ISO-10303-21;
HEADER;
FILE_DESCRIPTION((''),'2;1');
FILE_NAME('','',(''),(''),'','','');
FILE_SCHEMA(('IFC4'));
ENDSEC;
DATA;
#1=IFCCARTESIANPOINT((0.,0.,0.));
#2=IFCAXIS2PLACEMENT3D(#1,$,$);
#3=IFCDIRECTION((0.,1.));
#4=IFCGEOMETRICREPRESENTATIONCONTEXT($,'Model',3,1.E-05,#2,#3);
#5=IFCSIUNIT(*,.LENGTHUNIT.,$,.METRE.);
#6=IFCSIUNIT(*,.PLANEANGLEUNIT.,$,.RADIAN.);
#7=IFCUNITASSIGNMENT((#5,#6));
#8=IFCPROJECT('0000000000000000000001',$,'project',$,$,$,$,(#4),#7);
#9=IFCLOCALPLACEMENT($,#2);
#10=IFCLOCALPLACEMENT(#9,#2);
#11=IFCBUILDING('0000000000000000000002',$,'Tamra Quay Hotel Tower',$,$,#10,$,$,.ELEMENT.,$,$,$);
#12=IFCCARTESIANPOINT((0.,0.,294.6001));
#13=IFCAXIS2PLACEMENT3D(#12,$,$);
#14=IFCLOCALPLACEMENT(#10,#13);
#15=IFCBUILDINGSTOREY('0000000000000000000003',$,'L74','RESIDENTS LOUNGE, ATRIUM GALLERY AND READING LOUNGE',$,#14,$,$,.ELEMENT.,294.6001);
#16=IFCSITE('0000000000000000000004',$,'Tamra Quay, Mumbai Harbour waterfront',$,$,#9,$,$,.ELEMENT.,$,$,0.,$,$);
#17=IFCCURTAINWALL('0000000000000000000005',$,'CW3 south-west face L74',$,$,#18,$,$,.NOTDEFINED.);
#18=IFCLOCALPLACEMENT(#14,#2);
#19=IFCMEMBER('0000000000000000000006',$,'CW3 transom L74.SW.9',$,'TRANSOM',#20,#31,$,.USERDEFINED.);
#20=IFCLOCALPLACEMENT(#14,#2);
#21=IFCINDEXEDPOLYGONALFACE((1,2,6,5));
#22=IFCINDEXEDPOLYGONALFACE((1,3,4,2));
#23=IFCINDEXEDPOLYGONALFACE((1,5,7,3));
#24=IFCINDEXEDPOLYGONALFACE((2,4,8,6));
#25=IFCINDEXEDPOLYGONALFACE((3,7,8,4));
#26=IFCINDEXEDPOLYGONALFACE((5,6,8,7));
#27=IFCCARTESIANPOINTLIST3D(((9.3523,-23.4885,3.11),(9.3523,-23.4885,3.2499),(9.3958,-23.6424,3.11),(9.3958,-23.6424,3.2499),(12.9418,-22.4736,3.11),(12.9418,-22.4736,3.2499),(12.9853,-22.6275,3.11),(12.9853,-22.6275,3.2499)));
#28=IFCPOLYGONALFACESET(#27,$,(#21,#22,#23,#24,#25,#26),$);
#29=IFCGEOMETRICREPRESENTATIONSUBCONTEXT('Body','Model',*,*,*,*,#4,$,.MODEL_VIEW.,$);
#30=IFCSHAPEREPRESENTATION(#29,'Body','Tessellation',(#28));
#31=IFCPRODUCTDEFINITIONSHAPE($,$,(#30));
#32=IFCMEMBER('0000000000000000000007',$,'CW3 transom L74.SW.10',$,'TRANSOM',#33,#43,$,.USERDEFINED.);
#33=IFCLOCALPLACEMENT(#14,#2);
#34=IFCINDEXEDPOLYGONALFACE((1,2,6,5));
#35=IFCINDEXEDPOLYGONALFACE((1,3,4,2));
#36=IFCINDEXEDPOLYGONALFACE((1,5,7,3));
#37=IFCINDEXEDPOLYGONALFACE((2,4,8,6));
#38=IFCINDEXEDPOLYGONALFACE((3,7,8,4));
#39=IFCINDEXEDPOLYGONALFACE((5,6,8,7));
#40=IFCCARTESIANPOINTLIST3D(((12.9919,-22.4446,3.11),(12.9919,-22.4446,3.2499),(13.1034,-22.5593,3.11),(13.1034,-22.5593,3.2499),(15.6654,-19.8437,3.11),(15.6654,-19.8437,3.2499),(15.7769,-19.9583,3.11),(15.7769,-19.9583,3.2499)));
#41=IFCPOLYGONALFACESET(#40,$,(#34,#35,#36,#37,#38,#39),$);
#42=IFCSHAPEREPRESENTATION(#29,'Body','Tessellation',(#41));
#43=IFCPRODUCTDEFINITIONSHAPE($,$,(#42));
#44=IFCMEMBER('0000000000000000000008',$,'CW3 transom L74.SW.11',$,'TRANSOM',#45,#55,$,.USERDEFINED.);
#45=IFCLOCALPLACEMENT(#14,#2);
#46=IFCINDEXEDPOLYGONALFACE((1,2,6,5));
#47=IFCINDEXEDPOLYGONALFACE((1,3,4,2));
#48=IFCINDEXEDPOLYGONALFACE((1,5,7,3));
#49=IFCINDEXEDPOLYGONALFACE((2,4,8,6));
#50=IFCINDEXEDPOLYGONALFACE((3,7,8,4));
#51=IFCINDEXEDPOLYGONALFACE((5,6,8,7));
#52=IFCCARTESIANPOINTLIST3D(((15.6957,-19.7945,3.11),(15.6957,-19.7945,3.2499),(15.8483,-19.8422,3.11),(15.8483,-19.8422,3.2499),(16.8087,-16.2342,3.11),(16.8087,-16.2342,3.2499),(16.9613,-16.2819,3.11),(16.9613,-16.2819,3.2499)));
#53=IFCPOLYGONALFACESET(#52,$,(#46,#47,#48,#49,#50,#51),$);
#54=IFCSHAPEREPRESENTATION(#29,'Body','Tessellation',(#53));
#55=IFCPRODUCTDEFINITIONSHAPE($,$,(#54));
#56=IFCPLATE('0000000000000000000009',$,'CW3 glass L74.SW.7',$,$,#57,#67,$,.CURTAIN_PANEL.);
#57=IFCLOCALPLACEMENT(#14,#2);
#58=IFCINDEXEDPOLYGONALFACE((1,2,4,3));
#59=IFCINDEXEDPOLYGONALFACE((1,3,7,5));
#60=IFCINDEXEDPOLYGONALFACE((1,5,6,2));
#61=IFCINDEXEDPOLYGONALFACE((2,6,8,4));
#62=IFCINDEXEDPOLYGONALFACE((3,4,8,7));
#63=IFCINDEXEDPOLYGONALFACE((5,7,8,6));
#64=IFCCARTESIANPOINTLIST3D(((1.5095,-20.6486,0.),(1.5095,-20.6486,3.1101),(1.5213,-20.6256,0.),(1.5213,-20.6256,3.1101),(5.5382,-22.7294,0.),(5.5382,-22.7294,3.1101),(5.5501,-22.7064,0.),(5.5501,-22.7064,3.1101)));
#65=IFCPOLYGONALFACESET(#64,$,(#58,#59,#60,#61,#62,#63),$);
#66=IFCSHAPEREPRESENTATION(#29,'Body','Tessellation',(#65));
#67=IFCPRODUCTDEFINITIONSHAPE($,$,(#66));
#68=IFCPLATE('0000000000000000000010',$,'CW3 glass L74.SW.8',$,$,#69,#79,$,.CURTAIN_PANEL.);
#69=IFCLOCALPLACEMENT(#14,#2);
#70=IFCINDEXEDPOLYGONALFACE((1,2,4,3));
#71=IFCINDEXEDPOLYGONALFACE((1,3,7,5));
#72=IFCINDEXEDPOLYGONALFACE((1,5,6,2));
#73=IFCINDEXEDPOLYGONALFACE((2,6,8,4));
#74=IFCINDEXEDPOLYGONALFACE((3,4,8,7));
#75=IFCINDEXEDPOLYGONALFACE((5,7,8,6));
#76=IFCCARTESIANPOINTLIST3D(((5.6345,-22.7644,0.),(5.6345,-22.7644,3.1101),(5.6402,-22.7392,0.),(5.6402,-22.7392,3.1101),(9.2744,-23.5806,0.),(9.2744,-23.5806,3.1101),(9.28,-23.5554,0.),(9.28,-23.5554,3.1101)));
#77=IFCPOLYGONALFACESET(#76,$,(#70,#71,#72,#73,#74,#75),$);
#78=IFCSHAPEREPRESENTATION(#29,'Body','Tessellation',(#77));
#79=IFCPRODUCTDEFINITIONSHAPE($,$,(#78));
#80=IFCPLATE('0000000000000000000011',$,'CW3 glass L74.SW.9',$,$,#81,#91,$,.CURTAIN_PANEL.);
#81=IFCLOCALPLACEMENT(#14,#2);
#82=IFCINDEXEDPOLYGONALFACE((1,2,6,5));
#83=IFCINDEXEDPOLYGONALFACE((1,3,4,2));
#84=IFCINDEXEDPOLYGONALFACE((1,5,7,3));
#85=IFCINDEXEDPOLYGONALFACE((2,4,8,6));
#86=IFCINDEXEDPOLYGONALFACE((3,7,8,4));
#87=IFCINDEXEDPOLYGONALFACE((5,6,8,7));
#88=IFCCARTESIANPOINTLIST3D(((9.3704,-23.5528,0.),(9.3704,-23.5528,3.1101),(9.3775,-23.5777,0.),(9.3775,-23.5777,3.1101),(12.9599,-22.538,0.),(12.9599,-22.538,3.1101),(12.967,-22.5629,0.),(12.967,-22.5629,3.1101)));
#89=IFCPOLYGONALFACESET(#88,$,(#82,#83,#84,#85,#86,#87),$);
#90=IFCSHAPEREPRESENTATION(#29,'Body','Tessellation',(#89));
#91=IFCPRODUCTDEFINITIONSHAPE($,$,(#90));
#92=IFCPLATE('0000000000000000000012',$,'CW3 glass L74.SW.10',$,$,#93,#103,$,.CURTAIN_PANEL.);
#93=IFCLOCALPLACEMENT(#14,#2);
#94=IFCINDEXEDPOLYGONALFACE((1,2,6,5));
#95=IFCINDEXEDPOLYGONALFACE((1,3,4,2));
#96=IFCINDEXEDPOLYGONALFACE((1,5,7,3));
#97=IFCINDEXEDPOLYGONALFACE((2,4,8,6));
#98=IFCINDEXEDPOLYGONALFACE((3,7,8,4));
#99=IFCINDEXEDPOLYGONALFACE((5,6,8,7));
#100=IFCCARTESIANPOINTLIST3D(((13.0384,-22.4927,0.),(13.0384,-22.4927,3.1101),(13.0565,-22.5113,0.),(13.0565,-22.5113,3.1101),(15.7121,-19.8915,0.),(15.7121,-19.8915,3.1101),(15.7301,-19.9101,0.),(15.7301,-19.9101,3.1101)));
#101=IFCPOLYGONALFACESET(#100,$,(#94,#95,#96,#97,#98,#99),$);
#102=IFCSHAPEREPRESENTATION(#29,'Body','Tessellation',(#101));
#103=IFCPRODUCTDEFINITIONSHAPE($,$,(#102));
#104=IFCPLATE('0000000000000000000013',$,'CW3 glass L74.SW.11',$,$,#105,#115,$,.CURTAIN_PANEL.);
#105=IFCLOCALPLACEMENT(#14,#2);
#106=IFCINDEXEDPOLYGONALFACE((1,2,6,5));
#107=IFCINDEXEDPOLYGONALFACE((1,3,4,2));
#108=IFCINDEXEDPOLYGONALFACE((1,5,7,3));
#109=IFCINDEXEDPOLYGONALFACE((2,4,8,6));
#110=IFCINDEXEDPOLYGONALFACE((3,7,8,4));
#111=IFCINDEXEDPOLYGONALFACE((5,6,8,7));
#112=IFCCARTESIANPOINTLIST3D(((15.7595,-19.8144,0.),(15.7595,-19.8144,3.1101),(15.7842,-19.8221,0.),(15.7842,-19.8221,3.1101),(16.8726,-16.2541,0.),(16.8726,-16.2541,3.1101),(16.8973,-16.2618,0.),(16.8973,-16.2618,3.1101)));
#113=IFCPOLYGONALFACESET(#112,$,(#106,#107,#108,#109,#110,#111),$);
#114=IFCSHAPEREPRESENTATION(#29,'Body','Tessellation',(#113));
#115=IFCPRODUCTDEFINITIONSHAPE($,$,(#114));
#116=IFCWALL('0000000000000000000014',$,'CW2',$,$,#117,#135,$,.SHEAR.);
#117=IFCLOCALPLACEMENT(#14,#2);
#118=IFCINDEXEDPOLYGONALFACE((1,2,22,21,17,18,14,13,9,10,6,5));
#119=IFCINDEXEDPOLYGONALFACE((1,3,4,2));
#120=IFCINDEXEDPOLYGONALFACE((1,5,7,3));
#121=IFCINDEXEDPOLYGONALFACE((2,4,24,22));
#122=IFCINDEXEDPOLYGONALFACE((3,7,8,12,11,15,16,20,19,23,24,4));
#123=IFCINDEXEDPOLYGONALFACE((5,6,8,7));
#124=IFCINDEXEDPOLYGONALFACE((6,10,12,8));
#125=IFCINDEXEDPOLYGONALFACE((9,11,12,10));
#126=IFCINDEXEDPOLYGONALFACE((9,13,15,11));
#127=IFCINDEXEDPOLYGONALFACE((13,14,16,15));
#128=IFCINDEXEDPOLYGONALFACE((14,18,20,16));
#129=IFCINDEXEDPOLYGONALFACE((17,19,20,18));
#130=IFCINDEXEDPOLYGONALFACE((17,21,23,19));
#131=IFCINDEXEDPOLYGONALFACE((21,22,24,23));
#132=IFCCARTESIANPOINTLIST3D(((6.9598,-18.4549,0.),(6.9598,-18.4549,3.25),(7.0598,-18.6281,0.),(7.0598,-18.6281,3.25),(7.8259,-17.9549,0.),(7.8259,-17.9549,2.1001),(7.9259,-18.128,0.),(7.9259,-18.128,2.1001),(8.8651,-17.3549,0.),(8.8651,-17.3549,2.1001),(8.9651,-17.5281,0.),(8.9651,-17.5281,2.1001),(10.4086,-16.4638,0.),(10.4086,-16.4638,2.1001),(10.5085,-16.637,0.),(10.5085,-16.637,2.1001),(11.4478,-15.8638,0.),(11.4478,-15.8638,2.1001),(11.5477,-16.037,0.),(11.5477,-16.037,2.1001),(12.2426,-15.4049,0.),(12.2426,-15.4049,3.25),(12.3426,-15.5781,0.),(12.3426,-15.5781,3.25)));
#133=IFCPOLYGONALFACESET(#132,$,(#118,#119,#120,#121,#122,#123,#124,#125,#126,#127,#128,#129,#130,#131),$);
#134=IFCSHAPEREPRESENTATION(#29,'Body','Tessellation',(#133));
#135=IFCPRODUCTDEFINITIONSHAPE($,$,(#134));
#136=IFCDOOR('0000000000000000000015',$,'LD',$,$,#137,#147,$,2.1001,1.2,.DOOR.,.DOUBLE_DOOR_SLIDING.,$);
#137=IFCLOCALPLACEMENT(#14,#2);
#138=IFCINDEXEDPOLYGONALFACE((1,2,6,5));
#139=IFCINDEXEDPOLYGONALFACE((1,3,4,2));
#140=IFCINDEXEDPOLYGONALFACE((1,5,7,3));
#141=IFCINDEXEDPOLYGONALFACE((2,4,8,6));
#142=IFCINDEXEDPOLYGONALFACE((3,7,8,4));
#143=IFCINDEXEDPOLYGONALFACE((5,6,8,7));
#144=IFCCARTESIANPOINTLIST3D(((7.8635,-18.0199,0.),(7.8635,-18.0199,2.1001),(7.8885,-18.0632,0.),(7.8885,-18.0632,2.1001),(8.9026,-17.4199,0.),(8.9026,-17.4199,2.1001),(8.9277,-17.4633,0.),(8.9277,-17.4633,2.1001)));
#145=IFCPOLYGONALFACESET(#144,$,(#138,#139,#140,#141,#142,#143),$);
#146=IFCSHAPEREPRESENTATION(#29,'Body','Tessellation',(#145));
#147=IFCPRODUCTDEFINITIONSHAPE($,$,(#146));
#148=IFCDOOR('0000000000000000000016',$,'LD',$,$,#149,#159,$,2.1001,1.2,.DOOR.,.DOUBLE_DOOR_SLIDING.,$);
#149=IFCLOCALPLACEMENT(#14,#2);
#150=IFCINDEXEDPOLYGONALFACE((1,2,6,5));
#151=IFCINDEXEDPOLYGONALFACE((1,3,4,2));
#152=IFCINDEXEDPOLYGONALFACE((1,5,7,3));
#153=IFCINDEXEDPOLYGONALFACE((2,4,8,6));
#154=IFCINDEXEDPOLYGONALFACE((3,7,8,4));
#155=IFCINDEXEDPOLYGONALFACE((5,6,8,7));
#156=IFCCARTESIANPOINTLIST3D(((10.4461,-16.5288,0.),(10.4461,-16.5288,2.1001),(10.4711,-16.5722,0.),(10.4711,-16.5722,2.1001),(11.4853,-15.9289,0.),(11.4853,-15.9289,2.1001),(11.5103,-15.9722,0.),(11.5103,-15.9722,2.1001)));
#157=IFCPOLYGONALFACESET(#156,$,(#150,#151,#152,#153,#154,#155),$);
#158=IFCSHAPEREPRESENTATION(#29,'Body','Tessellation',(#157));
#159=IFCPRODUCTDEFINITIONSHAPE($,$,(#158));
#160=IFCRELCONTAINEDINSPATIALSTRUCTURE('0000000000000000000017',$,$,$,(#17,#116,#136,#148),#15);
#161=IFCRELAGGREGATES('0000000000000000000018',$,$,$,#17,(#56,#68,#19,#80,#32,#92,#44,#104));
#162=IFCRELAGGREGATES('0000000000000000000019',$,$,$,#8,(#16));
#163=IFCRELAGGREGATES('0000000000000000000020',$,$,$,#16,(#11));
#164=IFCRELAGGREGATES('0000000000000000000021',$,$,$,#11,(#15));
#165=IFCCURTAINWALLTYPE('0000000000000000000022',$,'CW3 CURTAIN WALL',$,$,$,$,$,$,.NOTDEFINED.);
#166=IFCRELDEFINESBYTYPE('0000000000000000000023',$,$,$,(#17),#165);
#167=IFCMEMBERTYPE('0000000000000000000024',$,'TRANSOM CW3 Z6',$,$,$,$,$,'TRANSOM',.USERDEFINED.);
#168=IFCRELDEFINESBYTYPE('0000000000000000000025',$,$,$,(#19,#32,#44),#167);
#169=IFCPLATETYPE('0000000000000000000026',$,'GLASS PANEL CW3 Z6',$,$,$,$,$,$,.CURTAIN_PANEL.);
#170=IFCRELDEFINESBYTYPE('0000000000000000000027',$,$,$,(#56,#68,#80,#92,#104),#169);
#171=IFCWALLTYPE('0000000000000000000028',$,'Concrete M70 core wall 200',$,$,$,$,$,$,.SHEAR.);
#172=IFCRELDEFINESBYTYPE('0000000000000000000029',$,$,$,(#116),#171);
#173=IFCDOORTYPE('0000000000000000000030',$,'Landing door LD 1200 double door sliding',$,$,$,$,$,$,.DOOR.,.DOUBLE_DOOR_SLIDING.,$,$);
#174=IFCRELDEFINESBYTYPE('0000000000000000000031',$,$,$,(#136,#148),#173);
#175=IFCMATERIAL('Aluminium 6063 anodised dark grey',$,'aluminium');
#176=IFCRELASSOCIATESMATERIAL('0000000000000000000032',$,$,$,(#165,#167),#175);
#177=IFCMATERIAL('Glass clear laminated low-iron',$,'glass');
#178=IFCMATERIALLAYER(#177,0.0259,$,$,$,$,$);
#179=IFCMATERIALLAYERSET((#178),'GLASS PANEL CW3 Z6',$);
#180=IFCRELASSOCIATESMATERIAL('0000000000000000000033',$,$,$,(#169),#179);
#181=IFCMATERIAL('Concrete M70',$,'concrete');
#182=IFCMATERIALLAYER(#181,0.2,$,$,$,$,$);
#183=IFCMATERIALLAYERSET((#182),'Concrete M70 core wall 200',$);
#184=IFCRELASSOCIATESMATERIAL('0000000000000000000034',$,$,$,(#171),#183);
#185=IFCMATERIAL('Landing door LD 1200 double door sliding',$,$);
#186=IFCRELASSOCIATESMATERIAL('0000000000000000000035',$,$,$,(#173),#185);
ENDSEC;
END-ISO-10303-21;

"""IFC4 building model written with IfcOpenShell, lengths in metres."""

from ifc_helpers import new_model, si_unit, direction, frame, frame_2d, origin, origin_2d, place, context, subcontext, project, spatial, rectangle, extrude, material, layer, layer_set, material_profile, profile_set, type_object, element, fill, aggregate, save


model = new_model("IFC4")

# Units and contexts
model_context = context("Model", 3, precision=1e-05, world=origin(), true_north=direction((0.0, 1.0)))
body_context = subcontext(model_context, "Body", "Model", "MODEL_VIEW")
ifc_project = project(units=[si_unit("LENGTHUNIT", "METRE"), si_unit("PLANEANGLEUNIT", "RADIAN")], contexts=[model_context])

# Site, building, storey
site_placement = place(None, origin())
site = spatial("IfcSite", under=ifc_project, at=site_placement, Name="Tamra Quay, Mumbai Harbour waterfront", CompositionType="ELEMENT", RefElevation=0.0)
building_placement = place(site_placement, origin())
building = spatial("IfcBuilding", under=site, at=building_placement, Name="Tamra Quay Hotel Tower", CompositionType="ELEMENT")
storey_placement = place(building_placement, frame((0.0, 0.0, 294.6001)))
storey = spatial("IfcBuildingStorey", under=building, at=storey_placement, Name="L74", Description="RESIDENTS LOUNGE, ATRIUM GALLERY AND READING LOUNGE", CompositionType="ELEMENT", Elevation=294.6001)

# Shared definitions
ifc_material_1 = material(Name="Concrete M70", Category="concrete")

# Shared definitions
ifc_material_2 = material(Name="Aluminium 6063 anodised dark grey", Category="aluminium")

# Curtain wall
curtain_wall_type_1 = type_object("IfcCurtainWallType", Name="CW3 CURTAIN WALL", PredefinedType="NOTDEFINED", material=ifc_material_2)
curtain_wall_1_placement = place(storey_placement, origin())
curtain_wall_1 = element("IfcCurtainWall", 1, at=curtain_wall_1_placement, inside=storey, type_object=curtain_wall_type_1, Name="CW3 south-west face L74", PredefinedType="NOTDEFINED")

# Members
ifc_material_profile_1 = material_profile(ifc_material_2, rectangle(XDim=0.1599, YDim=0.1399, at=origin_2d()), Name="TRANSOM 160X140")
ifc_profile_set_1 = profile_set([ifc_material_profile_1], Name="Aluminium 6063 anodised dark grey")
member_type_1 = type_object("IfcMemberType", Name="TRANSOM CW3 Z6", ElementType="TRANSOM", PredefinedType="USERDEFINED", material=ifc_profile_set_1)
member_1_placement = place(storey_placement, frame((9.374, -23.5654, 3.1799), z_axis=(0.962278, 0.272066, 0.0), x_axis=(-0.272066, 0.962278, 0.0)))
member_1 = element("IfcMember", 2, at=member_1_placement, type_object=member_type_1, Name="CW3 transom L74.SW.9", ObjectType="TRANSOM", PredefinedType="USERDEFINED", context=body_context, shape_type="SweptSolid", body=[
    extrude(rectangle(XDim=0.1599, YDim=0.1399, at=origin_2d()), origin(), (0.0, 0.0, 1.0), 3.7302),
])
member_2_placement = place(storey_placement, frame((13.0476, -22.502, 3.1799), z_axis=(0.71676, 0.69732, 0.0), x_axis=(-0.69732, 0.71676, 0.0)))
member_2 = element("IfcMember", 3, at=member_2_placement, type_object=member_type_1, Name="CW3 transom L74.SW.10", ObjectType="TRANSOM", PredefinedType="USERDEFINED", context=body_context, shape_type="SweptSolid", body=[
    extrude(rectangle(XDim=0.1599, YDim=0.1399, at=origin_2d()), origin(), (0.0, 0.0, 1.0), 3.73),
])
member_3_placement = place(storey_placement, frame((15.772, -19.8184, 3.1799), z_axis=(0.298383, 0.954446, 0.0), x_axis=(-0.954446, 0.298383, 0.0)))
member_3 = element("IfcMember", 4, at=member_3_placement, type_object=member_type_1, Name="CW3 transom L74.SW.11", ObjectType="TRANSOM", PredefinedType="USERDEFINED", context=body_context, shape_type="SweptSolid", body=[
    extrude(rectangle(XDim=0.1599, YDim=0.1399, at=origin_2d()), origin(), (0.0, 0.0, 1.0), 3.7302),
])

# Plates
ifc_material_3 = material(Name="Glass clear laminated low-iron", Category="glass")
ifc_layer_1 = layer(ifc_material_3, 0.0259)
ifc_layer_set_1 = layer_set([ifc_layer_1], Name="GLASS PANEL CW3 Z6")
plate_type = type_object("IfcPlateType", Name="GLASS PANEL CW3 Z6", PredefinedType="CURTAIN_PANEL", material=ifc_layer_set_1)
plate_1_placement = place(storey_placement, frame((3.5298, -21.6775, 0.0), z_axis=(0.0, 0.0, 1.0), x_axis=(0.888486, -0.458903, 0.0)))
plate_1 = element("IfcPlate", 5, at=plate_1_placement, type_object=plate_type, Name="CW3 glass L74.SW.7", PredefinedType="CURTAIN_PANEL", context=body_context, shape_type="SweptSolid", body=[
    extrude(rectangle(XDim=4.5344, YDim=0.0259, at=origin_2d()), origin(), (0.0, 0.0, 1.0), 3.1101),
])
plate_2_placement = place(storey_placement, frame((7.4573, -23.1599, 0.0), z_axis=(0.0, 0.0, 1.0), x_axis=(0.975768, -0.218806, 0.0)))
plate_2 = element("IfcPlate", 6, at=plate_2_placement, type_object=plate_type, Name="CW3 glass L74.SW.8", PredefinedType="CURTAIN_PANEL", context=body_context, shape_type="SweptSolid", body=[
    extrude(rectangle(XDim=3.7302, YDim=0.0259, at=origin_2d()), origin(), (0.0, 0.0, 1.0), 3.1101),
])
plate_3_placement = place(storey_placement, frame((11.1687, -23.0579, 0.0), z_axis=(0.0, 0.0, 1.0), x_axis=(0.96228, 0.272062, 0.0)))
plate_3 = element("IfcPlate", 7, at=plate_3_placement, type_object=plate_type, Name="CW3 glass L74.SW.9", PredefinedType="CURTAIN_PANEL", context=body_context, shape_type="SweptSolid", body=[
    extrude(rectangle(XDim=3.7302, YDim=0.0259, at=origin_2d()), origin(), (0.0, 0.0, 1.0), 3.1101),
])
plate_4_placement = place(storey_placement, frame((14.3843, -21.2014, 0.0), z_axis=(0.0, 0.0, 1.0), x_axis=(0.716753, 0.697327, 0.0)))
plate_4 = element("IfcPlate", 8, at=plate_4_placement, type_object=plate_type, Name="CW3 glass L74.SW.10", PredefinedType="CURTAIN_PANEL", context=body_context, shape_type="SweptSolid", body=[
    extrude(rectangle(XDim=3.7302, YDim=0.0259, at=origin_2d()), origin(), (0.0, 0.0, 1.0), 3.1101),
])
plate_5_placement = place(storey_placement, frame((16.3284, -18.0381, 0.0), z_axis=(0.0, 0.0, 1.0), x_axis=(0.298392, 0.954443, 0.0)))
plate_5 = element("IfcPlate", 9, at=plate_5_placement, type_object=plate_type, Name="CW3 glass L74.SW.11", PredefinedType="CURTAIN_PANEL", context=body_context, shape_type="SweptSolid", body=[
    extrude(rectangle(XDim=3.7302, YDim=0.0259, at=origin_2d()), origin(), (0.0, 0.0, 1.0), 3.1101),
])
aggregate(curtain_wall_1, [plate_1, plate_2, member_1, plate_3, member_2, plate_4, member_3, plate_5])

# Wall, openings, doors
ifc_layer_2 = layer(ifc_material_1, 0.2)
ifc_layer_set_2 = layer_set([ifc_layer_2], Name="Concrete M70 core wall 200")
wall_type_1 = type_object("IfcWallType", Name="Concrete M70 core wall 200", PredefinedType="SHEAR", material=ifc_layer_set_2)
wall_1_placement = place(storey_placement, frame((7.0098, -18.5415, 0.0), z_axis=(0.0, 0.0, 1.0), x_axis=(0.86603, 0.499992, 0.0)))
wall_1 = element("IfcWall", 10, at=wall_1_placement, inside=storey, type_object=wall_type_1, Name="CW2", PredefinedType="SHEAR", context=body_context, shape_type="SweptSolid", body=[
    extrude(rectangle(XDim=6.1001, YDim=0.2, at=frame_2d((3.05, 0.0))), origin(), (0.0, 0.0, 1.0), 3.25),
])
opening_1_placement = place(wall_1_placement, frame((1.0, 0.0, 0.0)))
opening_1 = element("IfcOpeningElement", 11, at=opening_1_placement, cuts=wall_1, PredefinedType="OPENING", context=body_context, shape_type="SweptSolid", body=[
    extrude(rectangle(XDim=1.2, YDim=2.1001, at=frame_2d((0.6001, 1.05))), frame((0.0, 0.1099, 0.0), z_axis=(0.0, -1.0, 0.0), x_axis=(1.0, 0.0, 0.0)), (0.0, 0.0, 1.0), 0.22),
])
opening_2_placement = place(wall_1_placement, frame((3.9822, 0.0, 0.0)))
opening_2 = element("IfcOpeningElement", 12, at=opening_2_placement, cuts=wall_1, PredefinedType="OPENING", context=body_context, shape_type="SweptSolid", body=[
    extrude(rectangle(XDim=1.2, YDim=2.1001, at=frame_2d((0.6001, 1.05))), frame((0.0, 0.1099, 0.0), z_axis=(0.0, -1.0, 0.0), x_axis=(1.0, 0.0, 0.0)), (0.0, 0.0, 1.0), 0.22),
])
ifc_material_4 = material(Name="Landing door LD 1200 double door sliding")
door_type_1 = type_object("IfcDoorType", Name="Landing door LD 1200 double door sliding", OperationType="DOUBLE_DOOR_SLIDING", PredefinedType="DOOR", material=ifc_material_4)
door_1_placement = place(opening_1_placement, origin())
door_1 = element("IfcDoor", 13, at=door_1_placement, inside=storey, type_object=door_type_1, Name="LD", OperationType="DOUBLE_DOOR_SLIDING", OverallHeight=2.1001, OverallWidth=1.2, PredefinedType="DOOR", context=body_context, shape_type="SweptSolid", body=[
    extrude(rectangle(XDim=1.2, YDim=2.1001, at=frame_2d((0.6001, 1.05))), frame((0.0, 0.0249, 0.0), z_axis=(0.0, -1.0, 0.0), x_axis=(1.0, 0.0, 0.0)), (0.0, 0.0, 1.0), 0.05),
])
fill(opening_1, door_1)
door_2_placement = place(opening_2_placement, origin())
door_2 = element("IfcDoor", 14, at=door_2_placement, inside=storey, type_object=door_type_1, Name="LD", OperationType="DOUBLE_DOOR_SLIDING", OverallHeight=2.1001, OverallWidth=1.2, PredefinedType="DOOR", context=body_context, shape_type="SweptSolid", body=[
    extrude(rectangle(XDim=1.2, YDim=2.1001, at=frame_2d((0.6001, 1.05))), frame((0.0, 0.0249, 0.0), z_axis=(0.0, -1.0, 0.0), x_axis=(1.0, 0.0, 0.0)), (0.0, 0.0, 1.0), 0.05),
])
fill(opening_2, door_2)

save(model, "model.ifc")
